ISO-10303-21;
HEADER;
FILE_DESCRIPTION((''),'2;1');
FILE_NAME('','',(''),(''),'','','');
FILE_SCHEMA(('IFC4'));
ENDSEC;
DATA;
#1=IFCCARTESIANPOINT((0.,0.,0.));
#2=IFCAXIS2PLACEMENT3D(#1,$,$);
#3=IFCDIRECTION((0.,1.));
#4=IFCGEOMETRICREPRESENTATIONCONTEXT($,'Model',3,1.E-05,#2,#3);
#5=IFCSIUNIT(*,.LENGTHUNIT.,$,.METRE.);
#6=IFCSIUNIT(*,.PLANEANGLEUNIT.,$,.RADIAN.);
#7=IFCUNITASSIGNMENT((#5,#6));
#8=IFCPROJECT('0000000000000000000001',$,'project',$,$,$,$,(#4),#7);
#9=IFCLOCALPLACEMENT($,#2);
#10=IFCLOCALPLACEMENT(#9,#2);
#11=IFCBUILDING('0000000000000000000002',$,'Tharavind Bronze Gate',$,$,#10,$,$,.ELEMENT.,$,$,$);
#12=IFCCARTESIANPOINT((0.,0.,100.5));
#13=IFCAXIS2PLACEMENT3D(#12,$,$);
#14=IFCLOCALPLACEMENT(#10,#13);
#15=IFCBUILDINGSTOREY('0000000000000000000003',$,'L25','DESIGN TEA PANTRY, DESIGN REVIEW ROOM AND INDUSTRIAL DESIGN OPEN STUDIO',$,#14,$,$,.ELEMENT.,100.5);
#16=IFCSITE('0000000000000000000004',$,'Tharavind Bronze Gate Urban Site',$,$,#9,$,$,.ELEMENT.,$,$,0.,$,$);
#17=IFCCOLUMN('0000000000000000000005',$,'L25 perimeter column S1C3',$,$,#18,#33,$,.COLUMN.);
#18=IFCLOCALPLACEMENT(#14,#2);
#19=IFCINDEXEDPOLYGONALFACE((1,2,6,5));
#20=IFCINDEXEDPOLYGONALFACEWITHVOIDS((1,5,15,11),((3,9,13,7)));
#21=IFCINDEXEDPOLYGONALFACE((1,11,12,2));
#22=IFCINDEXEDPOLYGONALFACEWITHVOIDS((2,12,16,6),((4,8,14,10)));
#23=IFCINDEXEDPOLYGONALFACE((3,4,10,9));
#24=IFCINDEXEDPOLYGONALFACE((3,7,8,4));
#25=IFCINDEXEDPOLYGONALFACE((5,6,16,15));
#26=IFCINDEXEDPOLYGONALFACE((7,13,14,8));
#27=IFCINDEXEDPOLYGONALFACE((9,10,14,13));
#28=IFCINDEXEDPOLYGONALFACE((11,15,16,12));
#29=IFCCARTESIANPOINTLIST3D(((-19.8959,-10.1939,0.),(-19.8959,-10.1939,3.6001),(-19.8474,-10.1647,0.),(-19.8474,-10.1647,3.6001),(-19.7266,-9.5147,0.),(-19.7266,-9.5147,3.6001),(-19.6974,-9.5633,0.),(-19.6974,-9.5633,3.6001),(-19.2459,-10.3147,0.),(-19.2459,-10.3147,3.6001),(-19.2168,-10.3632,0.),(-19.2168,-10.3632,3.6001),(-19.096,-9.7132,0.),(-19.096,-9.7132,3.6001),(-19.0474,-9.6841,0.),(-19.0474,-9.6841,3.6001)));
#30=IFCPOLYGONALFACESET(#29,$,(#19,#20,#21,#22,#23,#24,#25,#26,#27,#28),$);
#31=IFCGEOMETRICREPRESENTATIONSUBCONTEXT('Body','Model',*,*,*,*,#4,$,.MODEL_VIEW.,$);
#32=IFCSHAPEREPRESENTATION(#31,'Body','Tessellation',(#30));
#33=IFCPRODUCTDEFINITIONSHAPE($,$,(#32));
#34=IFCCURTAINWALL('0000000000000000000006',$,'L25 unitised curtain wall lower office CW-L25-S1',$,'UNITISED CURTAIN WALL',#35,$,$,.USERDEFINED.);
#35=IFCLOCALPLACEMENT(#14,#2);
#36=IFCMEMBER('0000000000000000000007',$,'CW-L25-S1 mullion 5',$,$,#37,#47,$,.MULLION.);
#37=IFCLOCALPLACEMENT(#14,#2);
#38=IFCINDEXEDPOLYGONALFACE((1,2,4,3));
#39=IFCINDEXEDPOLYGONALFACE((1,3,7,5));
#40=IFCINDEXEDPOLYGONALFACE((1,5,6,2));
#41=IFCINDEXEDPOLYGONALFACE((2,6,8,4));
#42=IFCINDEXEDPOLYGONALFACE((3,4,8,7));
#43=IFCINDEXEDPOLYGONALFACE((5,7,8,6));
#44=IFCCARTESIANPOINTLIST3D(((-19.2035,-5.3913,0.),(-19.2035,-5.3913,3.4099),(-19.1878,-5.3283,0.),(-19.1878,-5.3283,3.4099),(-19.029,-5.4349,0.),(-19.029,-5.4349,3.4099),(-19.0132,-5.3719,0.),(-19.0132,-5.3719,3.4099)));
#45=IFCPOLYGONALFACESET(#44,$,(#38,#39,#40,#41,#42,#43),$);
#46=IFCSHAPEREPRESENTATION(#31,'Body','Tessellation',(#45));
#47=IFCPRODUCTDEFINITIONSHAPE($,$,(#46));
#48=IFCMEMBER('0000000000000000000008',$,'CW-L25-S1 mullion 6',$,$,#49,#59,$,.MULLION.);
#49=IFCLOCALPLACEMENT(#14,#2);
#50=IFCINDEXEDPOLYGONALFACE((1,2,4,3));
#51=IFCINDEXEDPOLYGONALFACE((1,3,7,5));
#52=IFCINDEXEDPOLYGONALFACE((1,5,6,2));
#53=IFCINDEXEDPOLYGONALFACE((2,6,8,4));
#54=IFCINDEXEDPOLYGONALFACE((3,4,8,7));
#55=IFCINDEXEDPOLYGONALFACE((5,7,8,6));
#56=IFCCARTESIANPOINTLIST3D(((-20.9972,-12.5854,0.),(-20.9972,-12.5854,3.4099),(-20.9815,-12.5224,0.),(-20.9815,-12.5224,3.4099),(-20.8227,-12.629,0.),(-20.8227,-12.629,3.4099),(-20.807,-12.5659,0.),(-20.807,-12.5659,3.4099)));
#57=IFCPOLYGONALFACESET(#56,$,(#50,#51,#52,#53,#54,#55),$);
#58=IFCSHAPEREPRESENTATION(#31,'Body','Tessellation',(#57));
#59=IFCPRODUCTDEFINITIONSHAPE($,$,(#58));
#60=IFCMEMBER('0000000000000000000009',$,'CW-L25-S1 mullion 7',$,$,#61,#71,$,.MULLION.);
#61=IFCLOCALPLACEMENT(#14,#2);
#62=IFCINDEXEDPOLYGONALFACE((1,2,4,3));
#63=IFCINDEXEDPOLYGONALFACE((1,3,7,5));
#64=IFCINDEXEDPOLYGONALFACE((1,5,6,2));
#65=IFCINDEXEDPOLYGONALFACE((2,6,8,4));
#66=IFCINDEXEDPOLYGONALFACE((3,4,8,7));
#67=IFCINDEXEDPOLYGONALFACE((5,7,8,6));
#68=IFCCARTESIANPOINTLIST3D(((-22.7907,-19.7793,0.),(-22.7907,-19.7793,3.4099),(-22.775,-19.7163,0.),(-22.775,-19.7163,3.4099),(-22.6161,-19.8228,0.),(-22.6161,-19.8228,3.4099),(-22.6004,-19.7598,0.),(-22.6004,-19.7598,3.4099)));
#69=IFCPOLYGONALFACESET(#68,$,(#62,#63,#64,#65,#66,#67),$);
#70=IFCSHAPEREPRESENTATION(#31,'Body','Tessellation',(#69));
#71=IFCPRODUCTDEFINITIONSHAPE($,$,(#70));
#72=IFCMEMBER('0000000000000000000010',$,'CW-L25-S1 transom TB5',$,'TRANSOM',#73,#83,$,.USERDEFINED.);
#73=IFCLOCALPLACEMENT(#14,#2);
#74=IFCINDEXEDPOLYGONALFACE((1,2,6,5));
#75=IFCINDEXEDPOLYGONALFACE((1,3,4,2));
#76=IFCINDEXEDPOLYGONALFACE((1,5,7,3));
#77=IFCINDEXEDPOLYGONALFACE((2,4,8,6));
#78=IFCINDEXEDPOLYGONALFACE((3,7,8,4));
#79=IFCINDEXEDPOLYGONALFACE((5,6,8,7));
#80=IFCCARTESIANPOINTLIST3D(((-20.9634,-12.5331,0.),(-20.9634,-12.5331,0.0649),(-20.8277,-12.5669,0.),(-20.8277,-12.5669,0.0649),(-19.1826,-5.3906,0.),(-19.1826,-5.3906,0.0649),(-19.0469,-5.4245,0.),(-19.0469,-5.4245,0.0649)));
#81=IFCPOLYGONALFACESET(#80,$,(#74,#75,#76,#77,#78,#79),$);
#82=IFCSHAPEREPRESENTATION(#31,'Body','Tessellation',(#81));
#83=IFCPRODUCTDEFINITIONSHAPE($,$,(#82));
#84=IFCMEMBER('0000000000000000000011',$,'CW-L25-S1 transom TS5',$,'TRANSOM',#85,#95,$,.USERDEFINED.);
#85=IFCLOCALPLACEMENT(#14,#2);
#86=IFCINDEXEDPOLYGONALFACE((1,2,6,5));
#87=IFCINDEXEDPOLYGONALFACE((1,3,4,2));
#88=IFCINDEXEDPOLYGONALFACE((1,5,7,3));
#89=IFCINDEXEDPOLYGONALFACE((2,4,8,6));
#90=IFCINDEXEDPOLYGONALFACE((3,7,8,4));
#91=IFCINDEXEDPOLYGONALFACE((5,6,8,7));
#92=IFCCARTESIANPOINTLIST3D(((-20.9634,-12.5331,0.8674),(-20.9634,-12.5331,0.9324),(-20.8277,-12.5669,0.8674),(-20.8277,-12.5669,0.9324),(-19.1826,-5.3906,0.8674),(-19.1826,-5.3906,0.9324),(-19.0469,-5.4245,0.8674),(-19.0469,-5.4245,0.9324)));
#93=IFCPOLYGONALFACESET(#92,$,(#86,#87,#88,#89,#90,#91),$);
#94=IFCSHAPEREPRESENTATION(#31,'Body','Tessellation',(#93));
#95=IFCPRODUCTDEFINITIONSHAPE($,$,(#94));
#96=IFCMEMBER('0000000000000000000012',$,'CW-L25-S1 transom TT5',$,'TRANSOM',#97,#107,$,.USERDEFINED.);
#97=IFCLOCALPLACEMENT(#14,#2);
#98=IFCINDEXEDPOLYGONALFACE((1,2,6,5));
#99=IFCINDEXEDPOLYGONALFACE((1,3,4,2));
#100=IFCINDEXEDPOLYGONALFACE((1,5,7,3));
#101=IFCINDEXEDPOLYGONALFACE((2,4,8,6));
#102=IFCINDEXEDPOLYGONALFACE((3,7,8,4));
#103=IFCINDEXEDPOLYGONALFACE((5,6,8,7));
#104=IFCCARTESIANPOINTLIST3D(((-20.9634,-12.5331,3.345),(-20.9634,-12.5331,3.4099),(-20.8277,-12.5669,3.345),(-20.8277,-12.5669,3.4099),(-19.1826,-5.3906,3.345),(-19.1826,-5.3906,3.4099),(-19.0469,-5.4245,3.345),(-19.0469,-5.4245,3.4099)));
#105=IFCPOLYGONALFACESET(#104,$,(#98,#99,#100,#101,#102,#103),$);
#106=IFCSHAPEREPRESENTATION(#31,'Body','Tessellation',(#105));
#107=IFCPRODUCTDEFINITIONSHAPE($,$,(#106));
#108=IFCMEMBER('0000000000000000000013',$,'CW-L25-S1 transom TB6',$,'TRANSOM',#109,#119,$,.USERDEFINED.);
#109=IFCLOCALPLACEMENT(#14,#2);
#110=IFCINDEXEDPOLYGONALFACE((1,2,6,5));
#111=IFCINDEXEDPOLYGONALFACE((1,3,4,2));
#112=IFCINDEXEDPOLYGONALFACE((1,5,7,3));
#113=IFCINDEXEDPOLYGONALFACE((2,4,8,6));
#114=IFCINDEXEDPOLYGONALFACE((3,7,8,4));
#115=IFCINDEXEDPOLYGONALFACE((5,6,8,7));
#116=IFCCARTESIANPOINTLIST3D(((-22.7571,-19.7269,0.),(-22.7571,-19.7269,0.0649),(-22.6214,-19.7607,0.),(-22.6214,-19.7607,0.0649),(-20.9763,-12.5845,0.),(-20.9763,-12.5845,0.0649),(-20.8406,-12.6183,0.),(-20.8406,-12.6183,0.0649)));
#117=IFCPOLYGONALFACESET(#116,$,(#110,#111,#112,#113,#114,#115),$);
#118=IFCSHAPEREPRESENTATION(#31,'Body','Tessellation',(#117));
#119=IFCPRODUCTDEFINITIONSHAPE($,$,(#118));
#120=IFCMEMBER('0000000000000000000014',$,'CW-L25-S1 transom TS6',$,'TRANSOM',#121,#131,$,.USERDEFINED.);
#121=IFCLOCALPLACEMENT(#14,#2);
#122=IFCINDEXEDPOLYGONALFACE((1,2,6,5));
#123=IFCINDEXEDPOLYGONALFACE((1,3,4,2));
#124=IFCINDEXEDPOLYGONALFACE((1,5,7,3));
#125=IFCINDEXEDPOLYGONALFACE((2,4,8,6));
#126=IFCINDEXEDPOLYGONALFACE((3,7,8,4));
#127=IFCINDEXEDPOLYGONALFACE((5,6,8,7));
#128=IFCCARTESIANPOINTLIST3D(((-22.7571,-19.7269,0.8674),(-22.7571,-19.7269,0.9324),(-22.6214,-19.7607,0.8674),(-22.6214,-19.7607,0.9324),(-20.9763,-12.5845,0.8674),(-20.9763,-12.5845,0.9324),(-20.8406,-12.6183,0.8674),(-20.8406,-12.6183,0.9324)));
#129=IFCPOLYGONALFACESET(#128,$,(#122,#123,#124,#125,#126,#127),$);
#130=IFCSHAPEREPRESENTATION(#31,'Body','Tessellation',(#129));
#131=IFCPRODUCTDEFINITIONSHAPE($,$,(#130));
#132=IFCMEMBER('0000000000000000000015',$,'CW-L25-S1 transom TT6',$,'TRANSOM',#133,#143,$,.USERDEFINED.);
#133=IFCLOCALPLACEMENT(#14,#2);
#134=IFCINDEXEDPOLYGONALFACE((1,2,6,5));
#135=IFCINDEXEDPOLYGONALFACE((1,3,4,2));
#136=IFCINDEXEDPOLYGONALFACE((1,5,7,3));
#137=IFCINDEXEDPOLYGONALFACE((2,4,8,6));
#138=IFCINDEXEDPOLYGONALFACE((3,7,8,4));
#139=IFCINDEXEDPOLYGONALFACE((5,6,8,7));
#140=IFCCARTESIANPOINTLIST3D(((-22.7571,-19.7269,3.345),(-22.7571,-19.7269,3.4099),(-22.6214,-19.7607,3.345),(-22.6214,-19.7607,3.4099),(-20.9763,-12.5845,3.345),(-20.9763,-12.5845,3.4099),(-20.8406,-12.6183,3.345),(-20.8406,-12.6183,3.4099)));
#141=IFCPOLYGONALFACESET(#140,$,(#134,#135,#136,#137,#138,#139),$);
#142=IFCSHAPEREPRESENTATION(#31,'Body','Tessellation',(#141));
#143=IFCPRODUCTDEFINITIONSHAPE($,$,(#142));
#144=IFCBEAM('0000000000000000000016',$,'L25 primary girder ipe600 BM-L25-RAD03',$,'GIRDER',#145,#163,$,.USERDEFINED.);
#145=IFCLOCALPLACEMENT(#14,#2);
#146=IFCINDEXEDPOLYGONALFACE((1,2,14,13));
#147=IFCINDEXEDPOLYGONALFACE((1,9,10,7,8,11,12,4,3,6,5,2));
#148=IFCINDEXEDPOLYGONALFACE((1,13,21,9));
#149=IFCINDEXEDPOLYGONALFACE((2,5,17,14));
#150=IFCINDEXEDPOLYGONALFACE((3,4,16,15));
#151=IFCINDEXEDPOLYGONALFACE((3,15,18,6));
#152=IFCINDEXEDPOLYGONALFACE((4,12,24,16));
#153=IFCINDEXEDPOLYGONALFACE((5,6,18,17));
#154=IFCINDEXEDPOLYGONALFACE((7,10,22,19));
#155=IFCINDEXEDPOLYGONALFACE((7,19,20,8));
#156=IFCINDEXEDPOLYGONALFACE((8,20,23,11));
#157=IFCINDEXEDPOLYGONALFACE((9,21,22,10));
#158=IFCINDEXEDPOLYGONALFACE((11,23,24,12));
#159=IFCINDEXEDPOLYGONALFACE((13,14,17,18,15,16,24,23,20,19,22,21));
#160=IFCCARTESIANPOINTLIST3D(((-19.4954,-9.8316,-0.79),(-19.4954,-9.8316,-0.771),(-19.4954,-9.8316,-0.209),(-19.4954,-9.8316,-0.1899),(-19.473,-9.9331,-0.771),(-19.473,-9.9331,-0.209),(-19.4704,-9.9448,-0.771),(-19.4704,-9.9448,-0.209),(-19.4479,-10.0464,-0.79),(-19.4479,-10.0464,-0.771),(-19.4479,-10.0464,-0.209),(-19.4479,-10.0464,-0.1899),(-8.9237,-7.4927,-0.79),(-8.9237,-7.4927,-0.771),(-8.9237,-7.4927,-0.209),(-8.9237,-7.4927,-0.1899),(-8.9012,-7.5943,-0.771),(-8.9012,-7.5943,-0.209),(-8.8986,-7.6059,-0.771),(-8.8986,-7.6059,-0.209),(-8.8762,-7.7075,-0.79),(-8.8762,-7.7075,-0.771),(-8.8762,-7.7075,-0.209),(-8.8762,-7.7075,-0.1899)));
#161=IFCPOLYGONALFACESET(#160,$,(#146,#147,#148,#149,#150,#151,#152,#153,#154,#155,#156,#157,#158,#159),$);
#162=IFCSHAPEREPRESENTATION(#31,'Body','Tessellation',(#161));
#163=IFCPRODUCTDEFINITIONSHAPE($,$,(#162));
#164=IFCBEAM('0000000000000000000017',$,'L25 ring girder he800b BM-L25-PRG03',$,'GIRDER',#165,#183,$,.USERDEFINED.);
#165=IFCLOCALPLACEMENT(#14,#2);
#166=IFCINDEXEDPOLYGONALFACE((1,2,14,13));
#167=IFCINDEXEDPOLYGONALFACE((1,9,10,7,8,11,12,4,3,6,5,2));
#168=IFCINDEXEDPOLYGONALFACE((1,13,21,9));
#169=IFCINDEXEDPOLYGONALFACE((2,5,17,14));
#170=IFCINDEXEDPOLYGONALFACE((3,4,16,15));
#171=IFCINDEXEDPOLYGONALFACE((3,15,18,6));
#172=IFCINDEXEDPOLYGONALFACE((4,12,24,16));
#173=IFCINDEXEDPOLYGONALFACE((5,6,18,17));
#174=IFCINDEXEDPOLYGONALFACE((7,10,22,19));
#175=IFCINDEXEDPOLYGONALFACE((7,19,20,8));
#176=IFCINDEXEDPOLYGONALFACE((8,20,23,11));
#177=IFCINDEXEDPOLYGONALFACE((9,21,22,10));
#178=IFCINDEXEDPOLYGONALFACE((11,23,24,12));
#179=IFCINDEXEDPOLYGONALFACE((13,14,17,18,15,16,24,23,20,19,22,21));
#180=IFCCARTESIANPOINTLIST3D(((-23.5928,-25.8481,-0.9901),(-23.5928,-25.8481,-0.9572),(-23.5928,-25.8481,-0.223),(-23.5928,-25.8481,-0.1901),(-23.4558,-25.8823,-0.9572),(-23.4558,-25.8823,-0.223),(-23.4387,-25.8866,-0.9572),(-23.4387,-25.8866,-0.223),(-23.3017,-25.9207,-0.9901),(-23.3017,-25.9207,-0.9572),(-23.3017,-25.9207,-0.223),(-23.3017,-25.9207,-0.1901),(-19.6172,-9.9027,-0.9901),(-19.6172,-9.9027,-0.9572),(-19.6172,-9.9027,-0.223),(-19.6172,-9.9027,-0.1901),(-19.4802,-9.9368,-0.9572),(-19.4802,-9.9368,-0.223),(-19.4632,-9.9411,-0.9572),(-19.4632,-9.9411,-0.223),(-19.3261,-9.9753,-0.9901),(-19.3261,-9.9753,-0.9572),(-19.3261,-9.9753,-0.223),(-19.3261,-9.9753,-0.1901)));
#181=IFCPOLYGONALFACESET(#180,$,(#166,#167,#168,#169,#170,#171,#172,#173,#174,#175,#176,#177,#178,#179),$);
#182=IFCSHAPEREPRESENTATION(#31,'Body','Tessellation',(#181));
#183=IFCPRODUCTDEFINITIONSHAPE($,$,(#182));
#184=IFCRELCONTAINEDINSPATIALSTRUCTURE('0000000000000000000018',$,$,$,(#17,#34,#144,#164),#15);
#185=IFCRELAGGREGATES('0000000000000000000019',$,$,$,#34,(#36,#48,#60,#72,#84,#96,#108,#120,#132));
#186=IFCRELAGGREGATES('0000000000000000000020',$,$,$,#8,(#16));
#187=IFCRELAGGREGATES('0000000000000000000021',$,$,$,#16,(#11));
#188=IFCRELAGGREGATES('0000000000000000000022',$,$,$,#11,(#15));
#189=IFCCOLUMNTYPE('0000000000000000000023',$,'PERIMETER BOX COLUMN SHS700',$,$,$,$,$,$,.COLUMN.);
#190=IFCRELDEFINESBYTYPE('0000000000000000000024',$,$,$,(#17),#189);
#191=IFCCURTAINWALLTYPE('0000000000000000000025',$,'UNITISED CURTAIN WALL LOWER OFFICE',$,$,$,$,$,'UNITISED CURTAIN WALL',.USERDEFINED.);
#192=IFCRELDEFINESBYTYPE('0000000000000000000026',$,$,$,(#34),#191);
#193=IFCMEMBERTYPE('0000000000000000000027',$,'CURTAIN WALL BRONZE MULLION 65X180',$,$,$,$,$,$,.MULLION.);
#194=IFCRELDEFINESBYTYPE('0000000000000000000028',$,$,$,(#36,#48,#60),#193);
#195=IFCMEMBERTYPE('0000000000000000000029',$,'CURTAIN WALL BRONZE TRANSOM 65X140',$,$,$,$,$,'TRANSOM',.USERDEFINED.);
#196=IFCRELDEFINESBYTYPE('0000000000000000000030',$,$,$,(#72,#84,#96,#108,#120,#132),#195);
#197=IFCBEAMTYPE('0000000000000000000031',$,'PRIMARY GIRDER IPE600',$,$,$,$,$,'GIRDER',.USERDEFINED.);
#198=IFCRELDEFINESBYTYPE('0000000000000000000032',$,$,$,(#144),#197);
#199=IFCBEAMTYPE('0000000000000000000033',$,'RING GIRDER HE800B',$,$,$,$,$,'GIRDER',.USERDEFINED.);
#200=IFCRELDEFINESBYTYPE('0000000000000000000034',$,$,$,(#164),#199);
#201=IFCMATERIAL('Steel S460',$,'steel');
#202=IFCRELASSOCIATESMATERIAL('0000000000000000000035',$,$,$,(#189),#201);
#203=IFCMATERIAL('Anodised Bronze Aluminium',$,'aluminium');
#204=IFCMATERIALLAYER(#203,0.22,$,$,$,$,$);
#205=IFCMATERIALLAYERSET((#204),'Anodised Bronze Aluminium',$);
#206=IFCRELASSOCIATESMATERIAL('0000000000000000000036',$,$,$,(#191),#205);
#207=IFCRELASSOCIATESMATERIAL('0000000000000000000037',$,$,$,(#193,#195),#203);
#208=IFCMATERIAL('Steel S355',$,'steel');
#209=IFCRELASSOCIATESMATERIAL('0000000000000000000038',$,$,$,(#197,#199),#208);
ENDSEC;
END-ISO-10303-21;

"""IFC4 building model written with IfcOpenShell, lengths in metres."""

from ifc_helpers import new_model, si_unit, direction, frame, origin, origin_2d, place, context, subcontext, project, spatial, rectangle, hollow_rectangle, i_section, extrude, material, layer, layer_set, material_profile, profile_set, type_object, element, aggregate, save


model = new_model("IFC4")

# Units and contexts
model_context = context("Model", 3, precision=1e-05, world=origin(), true_north=direction((0.0, 1.0)))
body_context = subcontext(model_context, "Body", "Model", "MODEL_VIEW")
ifc_project = project(units=[si_unit("LENGTHUNIT", "METRE"), si_unit("PLANEANGLEUNIT", "RADIAN")], contexts=[model_context])

# Site, building, storey
site_placement = place(None, origin())
site = spatial("IfcSite", under=ifc_project, at=site_placement, Name="Tharavind Bronze Gate Urban Site", CompositionType="ELEMENT", RefElevation=0.0)
building_placement = place(site_placement, origin())
building = spatial("IfcBuilding", under=site, at=building_placement, Name="Tharavind Bronze Gate", CompositionType="ELEMENT")
storey_placement = place(building_placement, frame((0.0, 0.0, 100.5)))
storey = spatial("IfcBuildingStorey", under=building, at=storey_placement, Name="L25", Description="DESIGN TEA PANTRY, DESIGN REVIEW ROOM AND INDUSTRIAL DESIGN OPEN STUDIO", CompositionType="ELEMENT", Elevation=100.5)

# Column
ifc_material_1 = material(Name="Steel S460", Category="steel")
ifc_material_profile_1 = material_profile(ifc_material_1, hollow_rectangle(XDim=0.7, YDim=0.7, WallThickness=0.04, at=origin_2d()), Name="SHS700X40")
ifc_profile_set_1 = profile_set([ifc_material_profile_1], Name="Steel S460")
column_type = type_object("IfcColumnType", Name="PERIMETER BOX COLUMN SHS700", PredefinedType="COLUMN", material=ifc_profile_set_1)
column_placement = place(storey_placement, frame((-19.4717, -9.939, 0.0), z_axis=(0.0, 0.0, 1.0), x_axis=(0.241922, 0.970296, 0.0)))
element("IfcColumn", 1, at=column_placement, inside=storey, type_object=column_type, Name="L25 perimeter column S1C3", PredefinedType="COLUMN", context=body_context, shape_type="SweptSolid", body=[
    extrude(hollow_rectangle(XDim=0.7, YDim=0.7, WallThickness=0.04, at=origin_2d()), origin(), (0.0, 0.0, 1.0), 3.6001),
])

# Curtain wall, members
ifc_material_2 = material(Name="Anodised Bronze Aluminium", Category="aluminium")
ifc_layer_1 = layer(ifc_material_2, 0.22)
ifc_layer_set_1 = layer_set([ifc_layer_1], Name="Anodised Bronze Aluminium")
curtain_wall_type = type_object("IfcCurtainWallType", Name="UNITISED CURTAIN WALL LOWER OFFICE", ElementType="UNITISED CURTAIN WALL", PredefinedType="USERDEFINED", material=ifc_layer_set_1)
curtain_wall_placement = place(storey_placement, origin())
curtain_wall = element("IfcCurtainWall", 2, at=curtain_wall_placement, inside=storey, type_object=curtain_wall_type, Name="L25 unitised curtain wall lower office CW-L25-S1", ObjectType="UNITISED CURTAIN WALL", PredefinedType="USERDEFINED")
member_type_1 = type_object("IfcMemberType", Name="CURTAIN WALL BRONZE MULLION 65X180", PredefinedType="MULLION", material=ifc_material_2)
member_1_placement = place(storey_placement, frame((-19.1084, -5.3816, 0.0), z_axis=(0.0, 0.0, 1.0), x_axis=(-0.241922, -0.970296, 0.0)))
member_1 = element("IfcMember", 3, at=member_1_placement, type_object=member_type_1, Name="CW-L25-S1 mullion 5", PredefinedType="MULLION", context=body_context, shape_type="SweptSolid", body=[
    extrude(rectangle(XDim=0.0649, YDim=0.1799, at=origin_2d()), origin(), (0.0, 0.0, 1.0), 3.4099),
])
member_2_placement = place(storey_placement, frame((-20.9021, -12.5757, 0.0), z_axis=(0.0, 0.0, 1.0), x_axis=(-0.241922, -0.970296, 0.0)))
member_2 = element("IfcMember", 4, at=member_2_placement, type_object=member_type_1, Name="CW-L25-S1 mullion 6", PredefinedType="MULLION", context=body_context, shape_type="SweptSolid", body=[
    extrude(rectangle(XDim=0.0649, YDim=0.1799, at=origin_2d()), origin(), (0.0, 0.0, 1.0), 3.4099),
])
member_3_placement = place(storey_placement, frame((-22.6956, -19.7695, 0.0), z_axis=(0.0, 0.0, 1.0), x_axis=(-0.241922, -0.970296, 0.0)))
member_3 = element("IfcMember", 5, at=member_3_placement, type_object=member_type_1, Name="CW-L25-S1 mullion 7", PredefinedType="MULLION", context=body_context, shape_type="SweptSolid", body=[
    extrude(rectangle(XDim=0.0649, YDim=0.1799, at=origin_2d()), origin(), (0.0, 0.0, 1.0), 3.4099),
])
member_type_2 = type_object("IfcMemberType", Name="CURTAIN WALL BRONZE TRANSOM 65X140", ElementType="TRANSOM", PredefinedType="USERDEFINED", material=ifc_material_2)
member_4_placement = place(storey_placement, frame((-20.0051, -8.9788, 0.0), z_axis=(0.0, 0.0, 1.0), x_axis=(-0.241922, -0.970296, 0.0)))
member_4 = element("IfcMember", 6, at=member_4_placement, type_object=member_type_2, Name="CW-L25-S1 transom TB5", ObjectType="TRANSOM", PredefinedType="USERDEFINED", context=body_context, shape_type="SweptSolid", body=[
    extrude(rectangle(XDim=7.3611, YDim=0.1399, at=origin_2d()), origin(), (0.0, 0.0, 1.0), 0.0649),
])
member_5_placement = place(storey_placement, frame((-20.0051, -8.9788, 0.8674), z_axis=(0.0, 0.0, 1.0), x_axis=(-0.241922, -0.970296, 0.0)))
member_5 = element("IfcMember", 7, at=member_5_placement, type_object=member_type_2, Name="CW-L25-S1 transom TS5", ObjectType="TRANSOM", PredefinedType="USERDEFINED", context=body_context, shape_type="SweptSolid", body=[
    extrude(rectangle(XDim=7.3611, YDim=0.1399, at=origin_2d()), origin(), (0.0, 0.0, 1.0), 0.0649),
])
member_6_placement = place(storey_placement, frame((-20.0051, -8.9788, 3.345), z_axis=(0.0, 0.0, 1.0), x_axis=(-0.241922, -0.970296, 0.0)))
member_6 = element("IfcMember", 8, at=member_6_placement, type_object=member_type_2, Name="CW-L25-S1 transom TT5", ObjectType="TRANSOM", PredefinedType="USERDEFINED", context=body_context, shape_type="SweptSolid", body=[
    extrude(rectangle(XDim=7.3611, YDim=0.1399, at=origin_2d()), origin(), (0.0, 0.0, 1.0), 0.0649),
])
member_7_placement = place(storey_placement, frame((-21.7988, -16.1726, 0.0), z_axis=(0.0, 0.0, 1.0), x_axis=(-0.241922, -0.970296, 0.0)))
member_7 = element("IfcMember", 9, at=member_7_placement, type_object=member_type_2, Name="CW-L25-S1 transom TB6", ObjectType="TRANSOM", PredefinedType="USERDEFINED", context=body_context, shape_type="SweptSolid", body=[
    extrude(rectangle(XDim=7.3611, YDim=0.1399, at=origin_2d()), origin(), (0.0, 0.0, 1.0), 0.0649),
])
member_8_placement = place(storey_placement, frame((-21.7988, -16.1726, 0.8674), z_axis=(0.0, 0.0, 1.0), x_axis=(-0.241922, -0.970296, 0.0)))
member_8 = element("IfcMember", 10, at=member_8_placement, type_object=member_type_2, Name="CW-L25-S1 transom TS6", ObjectType="TRANSOM", PredefinedType="USERDEFINED", context=body_context, shape_type="SweptSolid", body=[
    extrude(rectangle(XDim=7.3611, YDim=0.1399, at=origin_2d()), origin(), (0.0, 0.0, 1.0), 0.0649),
])
member_9_placement = place(storey_placement, frame((-21.7988, -16.1726, 3.345), z_axis=(0.0, 0.0, 1.0), x_axis=(-0.241922, -0.970296, 0.0)))
member_9 = element("IfcMember", 11, at=member_9_placement, type_object=member_type_2, Name="CW-L25-S1 transom TT6", ObjectType="TRANSOM", PredefinedType="USERDEFINED", context=body_context, shape_type="SweptSolid", body=[
    extrude(rectangle(XDim=7.3611, YDim=0.1399, at=origin_2d()), origin(), (0.0, 0.0, 1.0), 0.0649),
])

# Beams
ifc_material_3 = material(Name="Steel S355", Category="steel")
ifc_material_profile_2 = material_profile(ifc_material_3, i_section(OverallWidth=0.22, OverallDepth=0.6001, WebThickness=0.012, FlangeThickness=0.019, at=origin_2d()), Name="IPE600")
ifc_profile_set_2 = profile_set([ifc_material_profile_2], Name="Steel S355")
beam_type_1 = type_object("IfcBeamType", Name="PRIMARY GIRDER IPE600", ElementType="GIRDER", PredefinedType="USERDEFINED", material=ifc_profile_set_2)
beam_1_placement = place(storey_placement, frame((-19.4717, -9.939, -0.49), z_axis=(0.97639, 0.216014, 0.0), x_axis=(-0.216014, 0.97639, 0.0)))
element("IfcBeam", 12, at=beam_1_placement, inside=storey, type_object=beam_type_1, Name="L25 primary girder ipe600 BM-L25-RAD03", ObjectType="GIRDER", PredefinedType="USERDEFINED", context=body_context, shape_type="SweptSolid", body=[
    extrude(i_section(OverallWidth=0.22, OverallDepth=0.6001, WebThickness=0.012, FlangeThickness=0.019, at=origin_2d()), origin(), (0.0, 0.0, 1.0), 10.8274),
])
ifc_material_profile_3 = material_profile(ifc_material_3, i_section(OverallWidth=0.3, OverallDepth=0.8, WebThickness=0.0176, FlangeThickness=0.033, at=origin_2d()), Name="HE800B")
ifc_profile_set_3 = profile_set([ifc_material_profile_3], Name="Steel S355")
beam_type_2 = type_object("IfcBeamType", Name="RING GIRDER HE800B", ElementType="GIRDER", PredefinedType="USERDEFINED", material=ifc_profile_set_3)
beam_2_placement = place(storey_placement, frame((-19.4717, -9.939, -0.5901), z_axis=(-0.241917, -0.970297, 0.0), x_axis=(0.970297, -0.241917, 0.0)))
element("IfcBeam", 13, at=beam_2_placement, inside=storey, type_object=beam_type_2, Name="L25 ring girder he800b BM-L25-PRG03", ObjectType="GIRDER", PredefinedType="USERDEFINED", context=body_context, shape_type="SweptSolid", body=[
    extrude(i_section(OverallWidth=0.3, OverallDepth=0.8, WebThickness=0.0176, FlangeThickness=0.033, at=origin_2d()), origin(), (0.0, 0.0, 1.0), 16.4336),
])

aggregate(curtain_wall, [member_1, member_2, member_3, member_4, member_5, member_6, member_7, member_8, member_9])

save(model, "model.ifc")
